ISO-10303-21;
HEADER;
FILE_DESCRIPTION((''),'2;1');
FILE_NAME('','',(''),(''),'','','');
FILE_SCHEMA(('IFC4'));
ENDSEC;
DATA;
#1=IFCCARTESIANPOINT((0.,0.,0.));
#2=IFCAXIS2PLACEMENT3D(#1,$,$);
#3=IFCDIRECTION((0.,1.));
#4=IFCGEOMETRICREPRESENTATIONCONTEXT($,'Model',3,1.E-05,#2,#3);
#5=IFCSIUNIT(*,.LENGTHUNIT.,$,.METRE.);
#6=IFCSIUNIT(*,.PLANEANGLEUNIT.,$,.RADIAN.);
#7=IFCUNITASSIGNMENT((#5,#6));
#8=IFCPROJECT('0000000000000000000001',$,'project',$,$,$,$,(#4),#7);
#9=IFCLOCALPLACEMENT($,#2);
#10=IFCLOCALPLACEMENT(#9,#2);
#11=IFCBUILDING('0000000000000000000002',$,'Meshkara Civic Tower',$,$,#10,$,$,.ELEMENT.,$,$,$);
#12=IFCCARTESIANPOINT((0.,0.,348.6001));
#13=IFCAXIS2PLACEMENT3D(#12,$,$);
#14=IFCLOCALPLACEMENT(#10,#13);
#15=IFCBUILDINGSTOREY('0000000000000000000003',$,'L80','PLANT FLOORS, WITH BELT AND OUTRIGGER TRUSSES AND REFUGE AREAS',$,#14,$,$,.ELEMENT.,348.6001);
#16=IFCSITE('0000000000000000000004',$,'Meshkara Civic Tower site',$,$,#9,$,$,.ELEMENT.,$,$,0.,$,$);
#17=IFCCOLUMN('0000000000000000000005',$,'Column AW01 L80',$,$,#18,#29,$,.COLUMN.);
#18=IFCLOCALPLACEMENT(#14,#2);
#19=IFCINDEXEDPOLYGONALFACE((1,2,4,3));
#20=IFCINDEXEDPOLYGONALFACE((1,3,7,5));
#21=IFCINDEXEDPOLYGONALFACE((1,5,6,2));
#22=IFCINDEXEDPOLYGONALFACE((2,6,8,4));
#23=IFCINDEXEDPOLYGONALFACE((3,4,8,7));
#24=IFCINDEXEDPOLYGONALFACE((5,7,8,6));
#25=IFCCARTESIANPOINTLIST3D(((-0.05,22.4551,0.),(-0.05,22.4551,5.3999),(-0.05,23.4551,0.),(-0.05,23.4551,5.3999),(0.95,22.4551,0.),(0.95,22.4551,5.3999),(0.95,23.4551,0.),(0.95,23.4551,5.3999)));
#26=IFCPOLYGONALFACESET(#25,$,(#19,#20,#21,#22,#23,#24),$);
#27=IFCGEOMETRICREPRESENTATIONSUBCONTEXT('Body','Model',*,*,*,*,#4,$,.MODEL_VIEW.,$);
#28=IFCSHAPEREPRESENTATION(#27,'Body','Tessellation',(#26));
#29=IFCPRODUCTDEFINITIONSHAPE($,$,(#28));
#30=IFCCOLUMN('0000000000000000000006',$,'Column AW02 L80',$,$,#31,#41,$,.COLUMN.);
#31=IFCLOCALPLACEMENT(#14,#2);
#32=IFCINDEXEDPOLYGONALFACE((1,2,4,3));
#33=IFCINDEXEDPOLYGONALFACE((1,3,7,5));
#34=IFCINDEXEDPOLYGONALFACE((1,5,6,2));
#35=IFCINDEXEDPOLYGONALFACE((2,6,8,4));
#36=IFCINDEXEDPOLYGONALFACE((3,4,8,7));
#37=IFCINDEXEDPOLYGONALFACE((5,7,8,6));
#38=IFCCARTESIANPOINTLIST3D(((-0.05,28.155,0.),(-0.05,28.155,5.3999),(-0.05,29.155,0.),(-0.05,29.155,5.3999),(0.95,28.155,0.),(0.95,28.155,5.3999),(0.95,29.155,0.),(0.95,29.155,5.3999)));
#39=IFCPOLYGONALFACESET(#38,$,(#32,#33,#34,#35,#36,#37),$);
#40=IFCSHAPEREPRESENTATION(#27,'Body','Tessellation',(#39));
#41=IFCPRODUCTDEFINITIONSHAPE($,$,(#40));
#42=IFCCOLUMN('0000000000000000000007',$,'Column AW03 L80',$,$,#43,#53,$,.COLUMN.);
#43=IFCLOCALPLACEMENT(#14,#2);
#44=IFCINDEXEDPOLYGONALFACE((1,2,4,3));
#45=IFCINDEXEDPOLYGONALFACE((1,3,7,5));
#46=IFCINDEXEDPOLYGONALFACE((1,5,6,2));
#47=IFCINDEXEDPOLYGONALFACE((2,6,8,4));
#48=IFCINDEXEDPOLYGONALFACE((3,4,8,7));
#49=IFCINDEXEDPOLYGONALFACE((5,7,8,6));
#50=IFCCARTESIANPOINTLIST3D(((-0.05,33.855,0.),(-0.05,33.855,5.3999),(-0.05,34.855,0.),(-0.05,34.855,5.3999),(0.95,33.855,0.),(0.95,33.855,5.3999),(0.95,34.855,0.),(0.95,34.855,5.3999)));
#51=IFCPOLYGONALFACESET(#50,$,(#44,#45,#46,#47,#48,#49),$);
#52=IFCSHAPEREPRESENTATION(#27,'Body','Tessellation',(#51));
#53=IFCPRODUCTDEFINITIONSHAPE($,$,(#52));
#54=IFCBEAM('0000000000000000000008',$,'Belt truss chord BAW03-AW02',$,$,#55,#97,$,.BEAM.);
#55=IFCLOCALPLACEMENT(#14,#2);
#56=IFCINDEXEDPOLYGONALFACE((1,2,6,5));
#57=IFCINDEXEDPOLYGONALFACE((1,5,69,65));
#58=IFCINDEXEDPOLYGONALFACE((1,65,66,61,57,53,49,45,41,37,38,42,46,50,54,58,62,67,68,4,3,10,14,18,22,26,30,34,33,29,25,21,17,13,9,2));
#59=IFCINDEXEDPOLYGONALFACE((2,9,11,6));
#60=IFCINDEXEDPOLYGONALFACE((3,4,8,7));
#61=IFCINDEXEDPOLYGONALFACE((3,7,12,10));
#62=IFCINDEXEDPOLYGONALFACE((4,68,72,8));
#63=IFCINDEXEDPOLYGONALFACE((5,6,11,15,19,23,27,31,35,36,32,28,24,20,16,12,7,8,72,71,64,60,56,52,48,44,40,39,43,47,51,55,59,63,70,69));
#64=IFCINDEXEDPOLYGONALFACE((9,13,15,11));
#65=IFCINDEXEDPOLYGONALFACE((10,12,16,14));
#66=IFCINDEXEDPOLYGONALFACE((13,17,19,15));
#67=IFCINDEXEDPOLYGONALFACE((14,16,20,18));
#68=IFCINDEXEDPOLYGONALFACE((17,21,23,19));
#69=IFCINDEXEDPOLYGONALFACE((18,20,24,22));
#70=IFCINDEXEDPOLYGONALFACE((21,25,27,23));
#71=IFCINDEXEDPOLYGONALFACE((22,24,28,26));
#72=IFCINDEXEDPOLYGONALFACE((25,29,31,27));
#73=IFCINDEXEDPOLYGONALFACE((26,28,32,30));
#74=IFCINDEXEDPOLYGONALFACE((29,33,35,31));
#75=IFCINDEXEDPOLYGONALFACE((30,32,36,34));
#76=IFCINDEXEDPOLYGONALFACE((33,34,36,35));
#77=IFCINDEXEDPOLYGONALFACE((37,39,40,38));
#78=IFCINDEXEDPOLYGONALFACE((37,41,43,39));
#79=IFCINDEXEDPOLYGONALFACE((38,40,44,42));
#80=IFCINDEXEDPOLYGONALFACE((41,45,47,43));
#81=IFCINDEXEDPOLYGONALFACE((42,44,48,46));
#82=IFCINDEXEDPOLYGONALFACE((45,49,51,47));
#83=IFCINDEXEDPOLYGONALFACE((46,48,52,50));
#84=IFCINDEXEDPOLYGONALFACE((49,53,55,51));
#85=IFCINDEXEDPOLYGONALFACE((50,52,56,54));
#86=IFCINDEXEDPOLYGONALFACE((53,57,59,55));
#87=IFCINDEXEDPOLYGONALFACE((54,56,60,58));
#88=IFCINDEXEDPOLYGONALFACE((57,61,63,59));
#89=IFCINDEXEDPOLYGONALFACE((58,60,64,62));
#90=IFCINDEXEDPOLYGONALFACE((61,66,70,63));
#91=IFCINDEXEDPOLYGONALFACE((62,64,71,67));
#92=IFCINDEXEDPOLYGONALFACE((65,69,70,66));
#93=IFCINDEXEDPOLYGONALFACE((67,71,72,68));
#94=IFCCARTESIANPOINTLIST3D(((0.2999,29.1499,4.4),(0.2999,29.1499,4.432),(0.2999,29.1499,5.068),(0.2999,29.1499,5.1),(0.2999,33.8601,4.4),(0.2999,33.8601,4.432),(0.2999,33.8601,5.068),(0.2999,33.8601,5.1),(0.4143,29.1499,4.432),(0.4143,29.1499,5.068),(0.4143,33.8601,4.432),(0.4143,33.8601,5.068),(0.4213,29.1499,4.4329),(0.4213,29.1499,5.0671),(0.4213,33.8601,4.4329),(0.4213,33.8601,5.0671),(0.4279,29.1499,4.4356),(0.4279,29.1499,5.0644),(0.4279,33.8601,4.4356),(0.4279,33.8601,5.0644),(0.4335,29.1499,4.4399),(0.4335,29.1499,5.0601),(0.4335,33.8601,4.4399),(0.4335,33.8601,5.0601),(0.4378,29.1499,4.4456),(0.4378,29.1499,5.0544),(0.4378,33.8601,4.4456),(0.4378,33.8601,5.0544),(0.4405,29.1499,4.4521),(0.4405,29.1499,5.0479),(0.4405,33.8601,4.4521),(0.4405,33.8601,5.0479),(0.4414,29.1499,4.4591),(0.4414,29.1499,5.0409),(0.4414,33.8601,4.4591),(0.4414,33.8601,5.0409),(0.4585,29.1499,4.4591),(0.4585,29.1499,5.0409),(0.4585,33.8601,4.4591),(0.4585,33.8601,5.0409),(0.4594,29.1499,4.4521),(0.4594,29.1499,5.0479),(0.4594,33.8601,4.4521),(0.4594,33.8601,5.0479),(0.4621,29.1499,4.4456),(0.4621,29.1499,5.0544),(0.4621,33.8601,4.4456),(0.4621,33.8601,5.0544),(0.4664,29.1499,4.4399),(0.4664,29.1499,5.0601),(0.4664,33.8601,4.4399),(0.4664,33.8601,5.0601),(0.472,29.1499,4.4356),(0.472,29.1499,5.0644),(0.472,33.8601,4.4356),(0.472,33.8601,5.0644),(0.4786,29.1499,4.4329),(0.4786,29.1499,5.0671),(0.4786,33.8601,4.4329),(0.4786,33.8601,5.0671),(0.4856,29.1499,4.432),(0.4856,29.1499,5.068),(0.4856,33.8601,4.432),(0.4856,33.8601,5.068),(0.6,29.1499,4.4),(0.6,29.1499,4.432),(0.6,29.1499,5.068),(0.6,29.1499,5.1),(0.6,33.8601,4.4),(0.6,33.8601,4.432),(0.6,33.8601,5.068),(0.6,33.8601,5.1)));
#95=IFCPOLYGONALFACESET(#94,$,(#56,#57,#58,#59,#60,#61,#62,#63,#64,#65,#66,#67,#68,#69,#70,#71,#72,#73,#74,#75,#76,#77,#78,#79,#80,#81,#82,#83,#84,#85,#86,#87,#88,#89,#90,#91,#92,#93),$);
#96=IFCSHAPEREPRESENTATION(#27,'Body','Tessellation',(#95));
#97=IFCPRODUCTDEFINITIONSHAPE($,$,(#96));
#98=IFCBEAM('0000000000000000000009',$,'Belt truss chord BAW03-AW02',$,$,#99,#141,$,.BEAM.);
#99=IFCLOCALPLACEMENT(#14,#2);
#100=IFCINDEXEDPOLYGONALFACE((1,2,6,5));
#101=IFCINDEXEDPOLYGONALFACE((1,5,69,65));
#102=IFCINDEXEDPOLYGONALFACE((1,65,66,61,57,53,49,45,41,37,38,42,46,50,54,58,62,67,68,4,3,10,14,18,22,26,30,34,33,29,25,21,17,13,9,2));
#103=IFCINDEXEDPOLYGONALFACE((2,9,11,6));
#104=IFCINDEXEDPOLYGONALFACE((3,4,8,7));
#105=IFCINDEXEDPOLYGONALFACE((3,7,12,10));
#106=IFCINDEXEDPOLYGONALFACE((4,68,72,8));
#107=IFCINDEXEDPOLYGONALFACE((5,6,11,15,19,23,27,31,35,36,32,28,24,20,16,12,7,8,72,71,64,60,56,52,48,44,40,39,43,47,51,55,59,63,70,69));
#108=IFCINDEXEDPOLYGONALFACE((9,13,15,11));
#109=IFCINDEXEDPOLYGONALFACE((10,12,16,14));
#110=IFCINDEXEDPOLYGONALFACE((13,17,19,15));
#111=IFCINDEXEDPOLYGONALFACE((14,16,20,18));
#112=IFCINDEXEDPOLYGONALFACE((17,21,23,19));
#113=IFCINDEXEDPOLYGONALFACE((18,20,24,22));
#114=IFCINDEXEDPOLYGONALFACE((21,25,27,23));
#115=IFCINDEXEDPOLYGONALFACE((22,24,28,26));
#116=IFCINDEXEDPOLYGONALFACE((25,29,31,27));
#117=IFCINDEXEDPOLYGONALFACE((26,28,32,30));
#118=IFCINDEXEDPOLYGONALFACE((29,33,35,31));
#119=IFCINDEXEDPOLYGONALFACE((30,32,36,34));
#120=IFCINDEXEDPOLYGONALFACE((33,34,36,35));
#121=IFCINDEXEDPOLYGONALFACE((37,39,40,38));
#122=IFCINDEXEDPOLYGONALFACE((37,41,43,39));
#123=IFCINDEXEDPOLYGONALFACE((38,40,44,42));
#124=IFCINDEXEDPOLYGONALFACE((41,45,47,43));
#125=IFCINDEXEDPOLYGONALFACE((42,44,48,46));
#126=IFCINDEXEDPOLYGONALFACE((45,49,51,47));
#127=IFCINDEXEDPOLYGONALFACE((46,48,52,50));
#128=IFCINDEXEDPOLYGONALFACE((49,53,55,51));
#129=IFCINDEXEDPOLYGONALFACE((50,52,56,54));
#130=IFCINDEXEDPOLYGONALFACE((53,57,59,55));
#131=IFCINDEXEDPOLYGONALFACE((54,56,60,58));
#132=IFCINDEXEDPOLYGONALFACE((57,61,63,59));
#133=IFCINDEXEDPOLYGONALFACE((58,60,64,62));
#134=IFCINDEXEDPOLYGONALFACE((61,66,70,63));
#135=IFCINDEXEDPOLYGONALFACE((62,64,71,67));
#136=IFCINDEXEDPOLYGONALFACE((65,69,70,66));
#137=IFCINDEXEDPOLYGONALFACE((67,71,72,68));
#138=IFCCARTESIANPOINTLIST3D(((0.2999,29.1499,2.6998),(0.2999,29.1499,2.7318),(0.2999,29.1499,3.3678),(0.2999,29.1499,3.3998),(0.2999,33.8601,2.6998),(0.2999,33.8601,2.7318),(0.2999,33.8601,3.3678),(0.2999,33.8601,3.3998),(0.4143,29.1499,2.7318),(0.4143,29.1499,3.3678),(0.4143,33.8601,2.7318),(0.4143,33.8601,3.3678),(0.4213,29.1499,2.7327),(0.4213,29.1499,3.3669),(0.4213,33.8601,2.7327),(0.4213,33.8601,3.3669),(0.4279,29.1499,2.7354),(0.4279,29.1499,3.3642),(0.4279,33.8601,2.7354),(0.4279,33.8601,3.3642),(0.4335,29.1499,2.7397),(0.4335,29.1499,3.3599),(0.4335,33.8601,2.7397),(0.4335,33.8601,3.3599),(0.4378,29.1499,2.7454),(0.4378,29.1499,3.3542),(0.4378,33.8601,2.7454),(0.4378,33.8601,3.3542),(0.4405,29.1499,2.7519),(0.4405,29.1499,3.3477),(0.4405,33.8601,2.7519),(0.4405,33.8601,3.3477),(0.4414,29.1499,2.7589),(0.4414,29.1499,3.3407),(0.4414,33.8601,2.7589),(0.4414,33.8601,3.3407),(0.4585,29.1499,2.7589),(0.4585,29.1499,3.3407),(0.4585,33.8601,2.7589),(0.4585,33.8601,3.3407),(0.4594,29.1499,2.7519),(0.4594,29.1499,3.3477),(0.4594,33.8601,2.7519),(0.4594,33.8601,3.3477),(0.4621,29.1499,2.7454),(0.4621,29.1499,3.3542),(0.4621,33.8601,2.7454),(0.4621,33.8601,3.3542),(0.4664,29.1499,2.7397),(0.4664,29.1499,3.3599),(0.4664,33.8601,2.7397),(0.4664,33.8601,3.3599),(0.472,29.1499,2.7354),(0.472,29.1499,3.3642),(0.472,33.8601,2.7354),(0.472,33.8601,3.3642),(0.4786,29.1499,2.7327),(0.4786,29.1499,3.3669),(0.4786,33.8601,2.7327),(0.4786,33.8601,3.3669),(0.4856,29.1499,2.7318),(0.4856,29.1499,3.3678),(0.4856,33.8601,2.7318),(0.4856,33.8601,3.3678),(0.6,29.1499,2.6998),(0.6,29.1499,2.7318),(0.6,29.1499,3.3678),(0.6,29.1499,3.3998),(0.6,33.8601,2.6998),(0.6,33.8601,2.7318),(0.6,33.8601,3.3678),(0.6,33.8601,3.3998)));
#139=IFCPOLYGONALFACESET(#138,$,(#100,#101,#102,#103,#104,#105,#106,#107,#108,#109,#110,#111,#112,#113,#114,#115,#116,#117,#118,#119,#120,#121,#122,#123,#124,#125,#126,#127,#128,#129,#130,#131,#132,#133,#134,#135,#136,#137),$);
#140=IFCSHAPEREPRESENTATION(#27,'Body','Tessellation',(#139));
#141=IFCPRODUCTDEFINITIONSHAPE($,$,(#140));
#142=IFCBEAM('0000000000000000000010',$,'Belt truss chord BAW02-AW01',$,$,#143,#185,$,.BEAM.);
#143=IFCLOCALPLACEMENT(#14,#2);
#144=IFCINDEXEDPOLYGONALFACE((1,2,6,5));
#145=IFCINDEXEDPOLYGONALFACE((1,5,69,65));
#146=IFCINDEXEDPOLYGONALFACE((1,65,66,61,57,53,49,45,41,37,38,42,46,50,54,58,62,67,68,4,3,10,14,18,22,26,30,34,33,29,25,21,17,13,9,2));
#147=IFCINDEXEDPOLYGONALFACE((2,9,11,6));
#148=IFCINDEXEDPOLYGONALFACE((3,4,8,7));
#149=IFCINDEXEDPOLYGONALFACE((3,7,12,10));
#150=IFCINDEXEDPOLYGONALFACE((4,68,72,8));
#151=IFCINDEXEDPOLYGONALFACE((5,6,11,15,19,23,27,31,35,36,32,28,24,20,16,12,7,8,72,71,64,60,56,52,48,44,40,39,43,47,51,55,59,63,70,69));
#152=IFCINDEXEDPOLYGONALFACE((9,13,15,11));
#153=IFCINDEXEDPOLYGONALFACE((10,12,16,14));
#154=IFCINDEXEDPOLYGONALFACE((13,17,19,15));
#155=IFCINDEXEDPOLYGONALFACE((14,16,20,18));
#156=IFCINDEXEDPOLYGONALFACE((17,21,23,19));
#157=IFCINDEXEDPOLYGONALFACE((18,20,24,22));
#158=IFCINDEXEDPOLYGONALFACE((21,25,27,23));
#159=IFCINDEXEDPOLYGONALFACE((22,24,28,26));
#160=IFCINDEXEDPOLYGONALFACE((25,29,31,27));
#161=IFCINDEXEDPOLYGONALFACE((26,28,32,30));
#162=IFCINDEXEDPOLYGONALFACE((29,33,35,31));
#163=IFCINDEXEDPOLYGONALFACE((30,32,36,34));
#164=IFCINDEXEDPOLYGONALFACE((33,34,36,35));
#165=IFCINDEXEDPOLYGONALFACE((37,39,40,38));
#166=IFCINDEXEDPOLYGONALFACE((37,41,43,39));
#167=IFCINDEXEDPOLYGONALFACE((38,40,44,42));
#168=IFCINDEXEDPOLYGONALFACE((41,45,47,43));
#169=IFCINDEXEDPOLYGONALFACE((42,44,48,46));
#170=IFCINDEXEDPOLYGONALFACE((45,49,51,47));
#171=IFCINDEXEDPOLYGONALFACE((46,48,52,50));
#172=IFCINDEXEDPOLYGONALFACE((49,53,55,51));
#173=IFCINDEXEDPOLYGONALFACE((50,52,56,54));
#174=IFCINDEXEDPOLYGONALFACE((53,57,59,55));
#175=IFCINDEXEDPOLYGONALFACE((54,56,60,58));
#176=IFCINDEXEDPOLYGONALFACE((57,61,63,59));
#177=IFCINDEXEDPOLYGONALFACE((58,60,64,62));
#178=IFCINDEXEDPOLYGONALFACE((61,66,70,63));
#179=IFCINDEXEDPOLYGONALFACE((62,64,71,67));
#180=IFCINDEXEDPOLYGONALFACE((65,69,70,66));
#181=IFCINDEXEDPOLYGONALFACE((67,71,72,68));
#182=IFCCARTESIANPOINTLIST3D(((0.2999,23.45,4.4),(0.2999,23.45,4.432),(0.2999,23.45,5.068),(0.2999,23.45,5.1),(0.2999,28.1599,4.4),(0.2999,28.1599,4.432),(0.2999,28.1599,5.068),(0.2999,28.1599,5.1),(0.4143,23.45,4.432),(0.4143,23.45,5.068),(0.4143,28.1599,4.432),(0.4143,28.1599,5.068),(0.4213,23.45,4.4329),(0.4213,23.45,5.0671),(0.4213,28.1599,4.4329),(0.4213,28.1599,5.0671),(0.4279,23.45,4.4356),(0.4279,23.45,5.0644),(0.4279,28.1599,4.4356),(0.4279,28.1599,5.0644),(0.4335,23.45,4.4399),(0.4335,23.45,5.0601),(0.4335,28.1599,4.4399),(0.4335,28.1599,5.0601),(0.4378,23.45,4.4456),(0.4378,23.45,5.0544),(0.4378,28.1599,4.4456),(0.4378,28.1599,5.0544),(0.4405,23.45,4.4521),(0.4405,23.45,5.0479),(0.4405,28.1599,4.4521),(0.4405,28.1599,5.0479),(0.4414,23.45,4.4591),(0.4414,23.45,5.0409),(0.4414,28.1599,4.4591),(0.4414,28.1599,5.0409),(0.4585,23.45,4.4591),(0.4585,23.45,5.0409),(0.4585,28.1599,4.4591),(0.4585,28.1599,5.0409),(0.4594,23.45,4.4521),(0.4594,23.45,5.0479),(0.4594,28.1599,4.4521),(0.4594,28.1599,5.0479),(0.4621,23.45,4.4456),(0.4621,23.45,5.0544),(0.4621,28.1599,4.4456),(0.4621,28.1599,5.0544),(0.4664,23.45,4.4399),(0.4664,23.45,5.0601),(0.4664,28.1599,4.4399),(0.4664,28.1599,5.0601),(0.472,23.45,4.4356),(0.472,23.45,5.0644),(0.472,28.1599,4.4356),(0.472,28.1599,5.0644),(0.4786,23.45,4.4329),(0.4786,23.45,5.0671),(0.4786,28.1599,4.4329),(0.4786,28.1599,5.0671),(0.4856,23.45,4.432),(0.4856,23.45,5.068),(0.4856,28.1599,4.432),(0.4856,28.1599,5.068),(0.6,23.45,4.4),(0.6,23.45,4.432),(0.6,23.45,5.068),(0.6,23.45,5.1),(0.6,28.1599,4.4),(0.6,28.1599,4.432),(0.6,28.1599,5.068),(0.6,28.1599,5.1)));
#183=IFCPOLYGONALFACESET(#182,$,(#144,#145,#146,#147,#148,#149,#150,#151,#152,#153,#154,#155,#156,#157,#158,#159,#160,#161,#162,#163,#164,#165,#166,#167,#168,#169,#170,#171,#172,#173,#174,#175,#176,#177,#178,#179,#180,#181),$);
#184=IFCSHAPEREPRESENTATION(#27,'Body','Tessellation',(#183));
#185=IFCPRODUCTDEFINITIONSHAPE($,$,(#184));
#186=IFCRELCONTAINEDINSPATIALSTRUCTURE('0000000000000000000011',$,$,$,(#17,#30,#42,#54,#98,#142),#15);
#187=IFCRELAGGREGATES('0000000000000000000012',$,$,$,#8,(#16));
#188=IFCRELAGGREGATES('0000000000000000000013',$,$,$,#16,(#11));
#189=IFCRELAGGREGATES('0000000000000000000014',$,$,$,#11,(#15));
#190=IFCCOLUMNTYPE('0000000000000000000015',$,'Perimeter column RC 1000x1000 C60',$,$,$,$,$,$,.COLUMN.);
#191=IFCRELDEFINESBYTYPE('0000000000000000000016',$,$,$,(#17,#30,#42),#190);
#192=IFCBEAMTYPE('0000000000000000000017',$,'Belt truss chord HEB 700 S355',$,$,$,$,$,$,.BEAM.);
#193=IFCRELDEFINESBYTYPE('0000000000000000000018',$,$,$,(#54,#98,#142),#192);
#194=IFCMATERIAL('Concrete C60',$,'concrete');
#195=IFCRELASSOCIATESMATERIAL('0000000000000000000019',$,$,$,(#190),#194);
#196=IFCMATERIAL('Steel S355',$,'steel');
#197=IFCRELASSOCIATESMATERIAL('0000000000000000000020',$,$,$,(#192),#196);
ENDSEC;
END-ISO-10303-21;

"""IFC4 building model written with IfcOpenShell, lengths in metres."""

from ifc_helpers import new_model, si_unit, direction, frame, origin, origin_2d, place, context, subcontext, project, spatial, rectangle, i_section, extrude, material, material_profile, profile_set, type_object, element, save


model = new_model("IFC4")

# Units and contexts
model_context = context("Model", 3, precision=1e-05, world=origin(), true_north=direction((0.0, 1.0)))
body_context = subcontext(model_context, "Body", "Model", "MODEL_VIEW")
ifc_project = project(units=[si_unit("LENGTHUNIT", "METRE"), si_unit("PLANEANGLEUNIT", "RADIAN")], contexts=[model_context])

# Site, building, storey
site_placement = place(None, origin())
site = spatial("IfcSite", under=ifc_project, at=site_placement, Name="Meshkara Civic Tower site", CompositionType="ELEMENT", RefElevation=0.0)
building_placement = place(site_placement, origin())
building = spatial("IfcBuilding", under=site, at=building_placement, Name="Meshkara Civic Tower", CompositionType="ELEMENT")
storey_placement = place(building_placement, frame((0.0, 0.0, 348.6001)))
storey = spatial("IfcBuildingStorey", under=building, at=storey_placement, Name="L80", Description="PLANT FLOORS, WITH BELT AND OUTRIGGER TRUSSES AND REFUGE AREAS", CompositionType="ELEMENT", Elevation=348.6001)

# Columns
ifc_material_1 = material(Name="Concrete C60", Category="concrete")
ifc_material_profile_1 = material_profile(ifc_material_1, rectangle(XDim=1.0, YDim=1.0, at=origin_2d()))
ifc_profile_set_1 = profile_set([ifc_material_profile_1], Name="Concrete C60")
column_type = type_object("IfcColumnType", Name="Perimeter column RC 1000x1000 C60", PredefinedType="COLUMN", material=ifc_profile_set_1)
for number, where, z_axis, x_axis, name in (
    (1, (0.45, 22.9551, 0.0), (0.0, 0.0, 1.0), (1.0, 0.0, 0.0), "Column AW01 L80"),
    (2, (0.45, 28.655, 0.0), (0.0, 0.0, 1.0), (1.0, 0.0, 0.0), "Column AW02 L80"),
    (3, (0.45, 34.355, 0.0), (0.0, 0.0, 1.0), (1.0, 0.0, 0.0), "Column AW03 L80"),
):
    element("IfcColumn", number, at=place(storey_placement, frame(where, z_axis=z_axis, x_axis=x_axis)), inside=storey, type_object=column_type, Name=name, PredefinedType="COLUMN", context=body_context, shape_type="SweptSolid", body=[
        extrude(rectangle(XDim=1.0, YDim=1.0, at=origin_2d()), origin(), (0.0, 0.0, 1.0), 5.3999),
    ])

# Beams
ifc_material_2 = material(Name="Steel S355", Category="steel")
ifc_material_profile_2 = material_profile(ifc_material_2, i_section(OverallWidth=0.3, OverallDepth=0.7, WebThickness=0.0171, FlangeThickness=0.032, FilletRadius=0.0271, at=origin_2d()))
ifc_profile_set_2 = profile_set([ifc_material_profile_2], Name="Steel S355")
beam_type = type_object("IfcBeamType", Name="Belt truss chord HEB 700 S355", PredefinedType="BEAM", material=ifc_profile_set_2)
for number, where, z_axis, x_axis, name in (
    (4, (0.45, 33.8601, 4.75), (0.0, -1.0, 0.0), (1.0, 0.0, 0.0), "Belt truss chord BAW03-AW02"),
    (5, (0.45, 33.8601, 3.0498), (0.0, -1.0, 0.0), (1.0, 0.0, 0.0), "Belt truss chord BAW03-AW02"),
):
    element("IfcBeam", number, at=place(storey_placement, frame(where, z_axis=z_axis, x_axis=x_axis)), inside=storey, type_object=beam_type, Name=name, PredefinedType="BEAM", context=body_context, shape_type="SweptSolid", body=[
        extrude(i_section(OverallWidth=0.3, OverallDepth=0.7, WebThickness=0.0171, FlangeThickness=0.032, FilletRadius=0.0271, at=origin_2d()), origin(), (0.0, 0.0, 1.0), 4.7102),
    ])
for number, where, z_axis, x_axis, name in (
    (6, (0.45, 28.1599, 4.75), (0.0, -1.0, 0.0), (1.0, 0.0, 0.0), "Belt truss chord BAW02-AW01"),
):
    element("IfcBeam", number, at=place(storey_placement, frame(where, z_axis=z_axis, x_axis=x_axis)), inside=storey, type_object=beam_type, Name=name, PredefinedType="BEAM", context=body_context, shape_type="SweptSolid", body=[
        extrude(i_section(OverallWidth=0.3, OverallDepth=0.7, WebThickness=0.0171, FlangeThickness=0.032, FilletRadius=0.0271, at=origin_2d()), origin(), (0.0, 0.0, 1.0), 4.71),
    ])

save(model, "model.ifc")
